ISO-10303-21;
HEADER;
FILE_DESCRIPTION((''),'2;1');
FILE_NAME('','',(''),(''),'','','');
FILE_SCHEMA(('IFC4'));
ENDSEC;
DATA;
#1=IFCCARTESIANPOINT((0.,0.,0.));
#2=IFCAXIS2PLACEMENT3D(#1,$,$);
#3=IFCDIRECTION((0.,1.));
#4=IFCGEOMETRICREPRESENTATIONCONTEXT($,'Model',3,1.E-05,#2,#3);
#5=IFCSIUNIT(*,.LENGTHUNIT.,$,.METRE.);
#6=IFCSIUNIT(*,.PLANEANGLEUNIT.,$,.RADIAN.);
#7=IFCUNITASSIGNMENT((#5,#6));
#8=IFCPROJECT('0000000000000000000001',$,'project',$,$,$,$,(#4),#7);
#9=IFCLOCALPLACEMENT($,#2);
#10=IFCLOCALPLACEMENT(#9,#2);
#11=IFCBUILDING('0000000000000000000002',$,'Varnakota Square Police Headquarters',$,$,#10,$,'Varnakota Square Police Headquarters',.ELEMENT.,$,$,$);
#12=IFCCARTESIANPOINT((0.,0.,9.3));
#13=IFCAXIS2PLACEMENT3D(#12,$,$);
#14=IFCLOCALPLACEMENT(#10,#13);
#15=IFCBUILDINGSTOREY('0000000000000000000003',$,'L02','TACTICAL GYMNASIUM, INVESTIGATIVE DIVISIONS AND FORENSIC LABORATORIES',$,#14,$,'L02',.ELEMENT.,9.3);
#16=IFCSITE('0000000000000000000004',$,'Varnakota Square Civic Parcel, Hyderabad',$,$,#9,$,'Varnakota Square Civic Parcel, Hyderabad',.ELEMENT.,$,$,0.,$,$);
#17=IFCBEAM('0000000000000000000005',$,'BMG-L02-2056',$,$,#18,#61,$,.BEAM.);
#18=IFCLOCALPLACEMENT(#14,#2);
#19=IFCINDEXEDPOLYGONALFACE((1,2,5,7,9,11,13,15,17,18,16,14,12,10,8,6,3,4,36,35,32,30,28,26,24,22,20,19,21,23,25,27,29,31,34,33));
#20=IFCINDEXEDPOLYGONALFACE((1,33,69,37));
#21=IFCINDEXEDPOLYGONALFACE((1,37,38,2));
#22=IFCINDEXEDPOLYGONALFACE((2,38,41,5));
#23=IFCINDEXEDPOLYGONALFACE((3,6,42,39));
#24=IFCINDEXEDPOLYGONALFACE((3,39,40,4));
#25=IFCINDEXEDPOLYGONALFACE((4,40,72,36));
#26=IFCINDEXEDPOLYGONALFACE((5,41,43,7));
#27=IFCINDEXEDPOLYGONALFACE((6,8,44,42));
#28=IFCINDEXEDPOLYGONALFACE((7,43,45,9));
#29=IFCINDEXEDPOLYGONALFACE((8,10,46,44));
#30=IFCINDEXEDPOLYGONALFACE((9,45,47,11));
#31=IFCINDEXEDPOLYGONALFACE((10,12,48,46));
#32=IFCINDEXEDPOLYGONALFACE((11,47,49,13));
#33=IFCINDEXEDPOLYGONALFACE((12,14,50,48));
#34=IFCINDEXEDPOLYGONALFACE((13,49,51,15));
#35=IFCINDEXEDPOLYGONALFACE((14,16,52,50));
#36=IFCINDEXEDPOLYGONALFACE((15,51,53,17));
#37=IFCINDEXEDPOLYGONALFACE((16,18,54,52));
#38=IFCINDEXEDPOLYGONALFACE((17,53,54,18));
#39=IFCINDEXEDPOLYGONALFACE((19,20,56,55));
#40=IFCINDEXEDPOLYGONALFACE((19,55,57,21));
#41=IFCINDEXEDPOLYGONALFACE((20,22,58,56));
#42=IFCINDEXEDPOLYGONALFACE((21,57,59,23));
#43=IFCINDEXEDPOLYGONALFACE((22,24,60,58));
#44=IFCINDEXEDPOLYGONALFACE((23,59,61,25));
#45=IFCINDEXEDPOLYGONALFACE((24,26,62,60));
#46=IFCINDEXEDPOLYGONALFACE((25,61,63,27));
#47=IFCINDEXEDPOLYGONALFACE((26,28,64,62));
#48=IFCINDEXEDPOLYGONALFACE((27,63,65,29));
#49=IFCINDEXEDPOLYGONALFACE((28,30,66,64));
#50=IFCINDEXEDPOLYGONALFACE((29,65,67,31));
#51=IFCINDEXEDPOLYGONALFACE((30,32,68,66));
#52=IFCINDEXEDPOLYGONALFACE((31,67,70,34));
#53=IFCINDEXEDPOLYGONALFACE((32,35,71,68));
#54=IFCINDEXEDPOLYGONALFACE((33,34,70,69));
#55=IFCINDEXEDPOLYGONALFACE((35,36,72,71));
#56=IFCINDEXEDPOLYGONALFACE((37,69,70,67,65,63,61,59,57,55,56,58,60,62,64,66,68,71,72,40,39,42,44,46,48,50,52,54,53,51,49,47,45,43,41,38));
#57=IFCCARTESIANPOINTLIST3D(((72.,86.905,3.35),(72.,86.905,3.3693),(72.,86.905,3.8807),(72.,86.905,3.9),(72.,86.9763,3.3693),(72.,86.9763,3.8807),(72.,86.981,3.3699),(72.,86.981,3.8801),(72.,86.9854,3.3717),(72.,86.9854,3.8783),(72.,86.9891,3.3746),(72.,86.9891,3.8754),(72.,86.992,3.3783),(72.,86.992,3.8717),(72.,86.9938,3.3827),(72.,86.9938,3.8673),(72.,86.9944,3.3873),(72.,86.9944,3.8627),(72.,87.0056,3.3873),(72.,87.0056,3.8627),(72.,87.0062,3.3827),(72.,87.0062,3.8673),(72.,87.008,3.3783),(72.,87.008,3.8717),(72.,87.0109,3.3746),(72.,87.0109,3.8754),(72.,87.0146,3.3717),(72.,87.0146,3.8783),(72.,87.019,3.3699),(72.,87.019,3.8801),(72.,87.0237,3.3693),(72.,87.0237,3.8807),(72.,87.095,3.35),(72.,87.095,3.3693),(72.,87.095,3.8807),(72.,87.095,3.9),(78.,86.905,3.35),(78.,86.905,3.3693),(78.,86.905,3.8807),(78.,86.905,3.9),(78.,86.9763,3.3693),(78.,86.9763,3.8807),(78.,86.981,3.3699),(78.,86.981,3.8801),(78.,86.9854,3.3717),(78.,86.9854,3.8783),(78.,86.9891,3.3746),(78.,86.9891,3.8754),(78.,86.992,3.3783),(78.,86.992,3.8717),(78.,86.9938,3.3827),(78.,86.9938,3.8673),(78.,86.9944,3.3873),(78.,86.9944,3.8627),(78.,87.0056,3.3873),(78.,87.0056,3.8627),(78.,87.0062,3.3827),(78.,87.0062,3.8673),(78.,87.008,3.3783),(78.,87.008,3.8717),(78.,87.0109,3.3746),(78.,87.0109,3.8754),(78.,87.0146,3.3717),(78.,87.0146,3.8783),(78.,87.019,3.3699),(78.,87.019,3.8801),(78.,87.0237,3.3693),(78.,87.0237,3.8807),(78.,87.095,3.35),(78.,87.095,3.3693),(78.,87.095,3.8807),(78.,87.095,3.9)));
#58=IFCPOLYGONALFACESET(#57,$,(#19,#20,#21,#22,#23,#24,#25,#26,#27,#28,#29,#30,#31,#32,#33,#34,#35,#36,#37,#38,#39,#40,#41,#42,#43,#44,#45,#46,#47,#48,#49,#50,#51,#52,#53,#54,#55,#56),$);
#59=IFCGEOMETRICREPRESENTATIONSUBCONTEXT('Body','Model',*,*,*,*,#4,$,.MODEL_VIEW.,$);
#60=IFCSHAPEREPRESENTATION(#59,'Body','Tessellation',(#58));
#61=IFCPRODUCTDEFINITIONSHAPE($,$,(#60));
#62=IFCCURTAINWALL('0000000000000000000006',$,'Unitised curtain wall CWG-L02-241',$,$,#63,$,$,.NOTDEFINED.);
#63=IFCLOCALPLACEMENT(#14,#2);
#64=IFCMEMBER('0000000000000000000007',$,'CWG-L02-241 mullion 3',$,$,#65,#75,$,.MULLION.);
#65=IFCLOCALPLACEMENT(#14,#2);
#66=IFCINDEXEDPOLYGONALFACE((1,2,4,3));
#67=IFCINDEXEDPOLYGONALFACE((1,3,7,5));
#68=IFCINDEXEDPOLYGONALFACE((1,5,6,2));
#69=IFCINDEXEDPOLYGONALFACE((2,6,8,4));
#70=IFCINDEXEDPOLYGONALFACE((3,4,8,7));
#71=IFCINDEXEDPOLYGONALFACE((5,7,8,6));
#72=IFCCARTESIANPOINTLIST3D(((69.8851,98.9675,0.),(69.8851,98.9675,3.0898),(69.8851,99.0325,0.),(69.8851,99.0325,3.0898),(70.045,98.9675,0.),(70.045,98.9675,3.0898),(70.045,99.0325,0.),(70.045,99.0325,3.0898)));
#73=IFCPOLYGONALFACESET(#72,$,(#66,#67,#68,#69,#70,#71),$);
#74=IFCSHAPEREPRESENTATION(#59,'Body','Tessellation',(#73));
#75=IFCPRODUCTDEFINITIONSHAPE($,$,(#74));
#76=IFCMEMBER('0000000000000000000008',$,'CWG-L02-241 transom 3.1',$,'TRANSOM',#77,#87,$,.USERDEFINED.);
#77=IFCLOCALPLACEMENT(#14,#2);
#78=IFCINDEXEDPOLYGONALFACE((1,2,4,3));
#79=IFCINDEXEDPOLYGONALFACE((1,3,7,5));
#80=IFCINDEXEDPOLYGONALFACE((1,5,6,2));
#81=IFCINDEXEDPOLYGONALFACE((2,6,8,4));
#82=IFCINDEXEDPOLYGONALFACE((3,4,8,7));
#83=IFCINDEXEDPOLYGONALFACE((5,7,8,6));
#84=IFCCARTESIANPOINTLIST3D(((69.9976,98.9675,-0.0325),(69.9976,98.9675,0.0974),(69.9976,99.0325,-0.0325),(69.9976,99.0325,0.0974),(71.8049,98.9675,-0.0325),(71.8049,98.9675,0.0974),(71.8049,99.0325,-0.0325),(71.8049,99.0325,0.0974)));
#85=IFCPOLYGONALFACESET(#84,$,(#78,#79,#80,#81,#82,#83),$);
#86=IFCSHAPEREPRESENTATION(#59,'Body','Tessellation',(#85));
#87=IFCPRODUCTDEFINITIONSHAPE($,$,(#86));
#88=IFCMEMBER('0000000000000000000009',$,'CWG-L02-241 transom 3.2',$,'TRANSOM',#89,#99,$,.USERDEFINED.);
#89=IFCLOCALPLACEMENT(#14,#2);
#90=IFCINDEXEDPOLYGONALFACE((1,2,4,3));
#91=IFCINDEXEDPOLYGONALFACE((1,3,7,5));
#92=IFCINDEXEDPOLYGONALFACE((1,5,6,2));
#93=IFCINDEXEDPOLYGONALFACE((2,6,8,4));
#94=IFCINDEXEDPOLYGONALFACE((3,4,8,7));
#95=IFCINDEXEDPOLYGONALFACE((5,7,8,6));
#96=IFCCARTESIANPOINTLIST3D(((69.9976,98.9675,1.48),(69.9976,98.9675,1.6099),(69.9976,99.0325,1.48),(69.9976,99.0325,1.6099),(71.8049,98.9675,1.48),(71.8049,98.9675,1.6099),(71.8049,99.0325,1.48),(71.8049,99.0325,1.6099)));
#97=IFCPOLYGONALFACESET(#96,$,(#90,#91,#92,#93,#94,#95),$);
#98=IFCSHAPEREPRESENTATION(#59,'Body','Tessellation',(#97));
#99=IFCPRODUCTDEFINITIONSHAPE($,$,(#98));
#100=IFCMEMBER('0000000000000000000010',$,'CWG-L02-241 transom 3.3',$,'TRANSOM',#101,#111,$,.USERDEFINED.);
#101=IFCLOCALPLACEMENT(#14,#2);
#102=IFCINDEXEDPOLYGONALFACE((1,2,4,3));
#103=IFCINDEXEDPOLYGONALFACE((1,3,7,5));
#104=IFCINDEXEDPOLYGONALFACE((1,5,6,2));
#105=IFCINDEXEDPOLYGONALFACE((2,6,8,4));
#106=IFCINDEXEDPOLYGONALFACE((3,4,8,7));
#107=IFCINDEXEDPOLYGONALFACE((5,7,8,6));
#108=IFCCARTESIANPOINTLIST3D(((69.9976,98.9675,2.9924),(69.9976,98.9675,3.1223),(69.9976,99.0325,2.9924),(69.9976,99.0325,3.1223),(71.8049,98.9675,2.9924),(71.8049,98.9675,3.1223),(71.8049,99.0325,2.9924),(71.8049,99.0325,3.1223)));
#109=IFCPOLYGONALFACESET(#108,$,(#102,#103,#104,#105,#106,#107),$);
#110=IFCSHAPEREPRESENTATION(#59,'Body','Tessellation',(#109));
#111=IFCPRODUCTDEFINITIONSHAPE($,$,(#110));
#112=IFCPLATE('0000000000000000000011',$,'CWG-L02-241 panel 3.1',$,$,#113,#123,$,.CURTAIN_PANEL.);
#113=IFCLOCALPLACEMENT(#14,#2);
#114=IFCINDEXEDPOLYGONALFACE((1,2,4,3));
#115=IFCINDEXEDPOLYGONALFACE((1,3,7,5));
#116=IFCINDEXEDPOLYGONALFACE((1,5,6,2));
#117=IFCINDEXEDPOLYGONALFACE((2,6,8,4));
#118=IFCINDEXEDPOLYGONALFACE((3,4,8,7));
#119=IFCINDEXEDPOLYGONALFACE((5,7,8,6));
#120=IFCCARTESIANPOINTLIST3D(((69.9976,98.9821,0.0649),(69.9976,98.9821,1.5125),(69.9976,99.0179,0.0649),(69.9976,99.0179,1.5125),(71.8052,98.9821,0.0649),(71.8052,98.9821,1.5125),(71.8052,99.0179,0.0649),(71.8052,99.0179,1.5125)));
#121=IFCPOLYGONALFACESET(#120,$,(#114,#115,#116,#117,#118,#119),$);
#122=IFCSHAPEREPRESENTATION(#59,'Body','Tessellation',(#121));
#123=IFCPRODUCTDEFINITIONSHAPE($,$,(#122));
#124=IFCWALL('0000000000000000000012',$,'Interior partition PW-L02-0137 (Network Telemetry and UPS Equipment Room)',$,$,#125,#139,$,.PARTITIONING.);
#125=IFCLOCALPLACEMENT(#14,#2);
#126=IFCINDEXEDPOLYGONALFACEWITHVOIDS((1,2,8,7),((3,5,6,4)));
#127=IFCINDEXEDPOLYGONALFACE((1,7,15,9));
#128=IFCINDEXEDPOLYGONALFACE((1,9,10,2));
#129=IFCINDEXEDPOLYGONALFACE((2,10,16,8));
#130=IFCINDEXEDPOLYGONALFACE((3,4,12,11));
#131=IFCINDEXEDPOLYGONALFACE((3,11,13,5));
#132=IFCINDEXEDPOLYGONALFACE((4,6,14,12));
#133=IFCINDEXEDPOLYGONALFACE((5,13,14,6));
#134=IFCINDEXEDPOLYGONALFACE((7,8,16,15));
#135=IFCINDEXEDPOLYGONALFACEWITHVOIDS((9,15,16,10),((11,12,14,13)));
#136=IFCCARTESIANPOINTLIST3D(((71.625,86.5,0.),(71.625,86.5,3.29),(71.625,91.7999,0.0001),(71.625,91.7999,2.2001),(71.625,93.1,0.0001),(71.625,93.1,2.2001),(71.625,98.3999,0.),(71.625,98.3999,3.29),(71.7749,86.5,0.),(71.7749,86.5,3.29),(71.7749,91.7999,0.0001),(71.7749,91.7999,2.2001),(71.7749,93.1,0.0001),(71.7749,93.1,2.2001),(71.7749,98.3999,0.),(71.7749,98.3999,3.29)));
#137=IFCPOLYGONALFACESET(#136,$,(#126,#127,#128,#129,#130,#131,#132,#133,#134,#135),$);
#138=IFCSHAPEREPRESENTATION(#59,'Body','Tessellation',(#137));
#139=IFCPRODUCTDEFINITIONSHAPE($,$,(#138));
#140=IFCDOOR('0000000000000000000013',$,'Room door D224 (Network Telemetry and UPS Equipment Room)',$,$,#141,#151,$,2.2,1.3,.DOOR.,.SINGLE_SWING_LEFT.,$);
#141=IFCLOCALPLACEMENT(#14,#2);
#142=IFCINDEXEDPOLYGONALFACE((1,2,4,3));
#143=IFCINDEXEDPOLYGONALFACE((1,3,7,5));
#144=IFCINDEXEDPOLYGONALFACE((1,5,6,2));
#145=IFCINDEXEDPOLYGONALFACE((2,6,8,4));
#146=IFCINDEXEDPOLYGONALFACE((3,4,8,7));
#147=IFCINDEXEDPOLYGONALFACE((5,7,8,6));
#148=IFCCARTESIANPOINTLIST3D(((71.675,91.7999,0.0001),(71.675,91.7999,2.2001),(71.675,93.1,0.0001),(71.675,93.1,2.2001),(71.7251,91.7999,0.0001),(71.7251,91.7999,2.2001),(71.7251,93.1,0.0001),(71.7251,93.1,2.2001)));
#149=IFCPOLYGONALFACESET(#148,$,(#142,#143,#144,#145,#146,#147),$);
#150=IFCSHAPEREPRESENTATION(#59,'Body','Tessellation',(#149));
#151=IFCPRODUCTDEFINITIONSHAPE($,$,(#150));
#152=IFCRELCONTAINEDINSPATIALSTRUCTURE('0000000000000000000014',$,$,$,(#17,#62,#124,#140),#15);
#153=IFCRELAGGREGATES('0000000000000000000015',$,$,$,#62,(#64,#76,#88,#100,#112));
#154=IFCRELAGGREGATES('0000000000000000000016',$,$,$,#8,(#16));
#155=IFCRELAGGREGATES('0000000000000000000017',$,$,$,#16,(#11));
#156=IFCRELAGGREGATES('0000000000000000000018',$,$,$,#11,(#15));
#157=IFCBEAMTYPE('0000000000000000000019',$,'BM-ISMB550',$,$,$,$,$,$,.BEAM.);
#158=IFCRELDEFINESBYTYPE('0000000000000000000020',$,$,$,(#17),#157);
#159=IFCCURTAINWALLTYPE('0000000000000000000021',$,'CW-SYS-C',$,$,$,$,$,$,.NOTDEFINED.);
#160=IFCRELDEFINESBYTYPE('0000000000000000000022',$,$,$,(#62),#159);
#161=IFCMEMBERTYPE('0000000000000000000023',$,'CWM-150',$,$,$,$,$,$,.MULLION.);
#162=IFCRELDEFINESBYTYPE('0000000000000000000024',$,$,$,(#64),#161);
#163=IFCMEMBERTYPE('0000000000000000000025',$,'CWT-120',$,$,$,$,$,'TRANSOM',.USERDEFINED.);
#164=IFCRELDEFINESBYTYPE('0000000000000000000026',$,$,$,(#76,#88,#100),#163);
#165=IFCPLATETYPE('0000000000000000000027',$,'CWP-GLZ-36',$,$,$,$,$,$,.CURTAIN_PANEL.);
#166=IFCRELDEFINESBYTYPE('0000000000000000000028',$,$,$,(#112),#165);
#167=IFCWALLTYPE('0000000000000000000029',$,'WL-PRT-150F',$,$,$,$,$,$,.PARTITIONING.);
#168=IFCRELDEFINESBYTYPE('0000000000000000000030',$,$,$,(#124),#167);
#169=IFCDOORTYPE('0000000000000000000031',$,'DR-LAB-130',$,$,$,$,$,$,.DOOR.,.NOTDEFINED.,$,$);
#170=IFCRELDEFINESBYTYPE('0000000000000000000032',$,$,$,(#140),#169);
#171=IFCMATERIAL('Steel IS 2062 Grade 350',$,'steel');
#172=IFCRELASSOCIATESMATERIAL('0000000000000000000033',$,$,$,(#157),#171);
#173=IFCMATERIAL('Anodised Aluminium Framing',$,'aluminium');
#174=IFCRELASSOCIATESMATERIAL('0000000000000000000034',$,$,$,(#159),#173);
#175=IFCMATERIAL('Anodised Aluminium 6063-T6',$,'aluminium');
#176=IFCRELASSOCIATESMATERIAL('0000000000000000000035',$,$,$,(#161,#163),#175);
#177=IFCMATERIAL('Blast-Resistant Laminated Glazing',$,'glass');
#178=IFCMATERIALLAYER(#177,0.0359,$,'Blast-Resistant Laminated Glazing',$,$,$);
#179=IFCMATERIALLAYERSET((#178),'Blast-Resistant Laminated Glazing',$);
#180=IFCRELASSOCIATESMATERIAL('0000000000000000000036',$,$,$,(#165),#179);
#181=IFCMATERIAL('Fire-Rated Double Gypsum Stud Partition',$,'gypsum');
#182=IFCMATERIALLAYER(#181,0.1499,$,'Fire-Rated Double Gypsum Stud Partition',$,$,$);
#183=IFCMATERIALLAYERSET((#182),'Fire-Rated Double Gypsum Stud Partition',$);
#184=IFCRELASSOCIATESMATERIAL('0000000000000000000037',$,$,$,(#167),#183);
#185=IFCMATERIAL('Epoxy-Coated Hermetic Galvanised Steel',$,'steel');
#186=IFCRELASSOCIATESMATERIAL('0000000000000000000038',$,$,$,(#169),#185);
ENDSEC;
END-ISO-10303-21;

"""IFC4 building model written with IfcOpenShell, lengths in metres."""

from ifc_helpers import new_model, si_unit, direction, frame, frame_2d, origin, origin_2d, place, context, subcontext, project, spatial, rectangle, i_section, extrude, material, layer, layer_set, material_profile, profile_set, type_object, element, fill, aggregate, save


model = new_model("IFC4")

# Units and contexts
model_context = context("Model", 3, precision=1e-05, world=origin(), true_north=direction((0.0, 1.0)))
body_context = subcontext(model_context, "Body", "Model", "MODEL_VIEW")
ifc_project = project(units=[si_unit("LENGTHUNIT", "METRE"), si_unit("PLANEANGLEUNIT", "RADIAN")], contexts=[model_context])

# Site, building, storey
site_placement = place(None, origin())
site = spatial("IfcSite", under=ifc_project, at=site_placement, Name="Varnakota Square Civic Parcel, Hyderabad", LongName="Varnakota Square Civic Parcel, Hyderabad", CompositionType="ELEMENT", RefElevation=0.0)
building_placement = place(site_placement, origin())
building = spatial("IfcBuilding", under=site, at=building_placement, Name="Varnakota Square Police Headquarters", LongName="Varnakota Square Police Headquarters", CompositionType="ELEMENT")
storey_placement = place(building_placement, frame((0.0, 0.0, 9.3)))
storey = spatial("IfcBuildingStorey", under=building, at=storey_placement, Name="L02", Description="TACTICAL GYMNASIUM, INVESTIGATIVE DIVISIONS AND FORENSIC LABORATORIES", LongName="L02", CompositionType="ELEMENT", Elevation=9.3)

# Shared definitions
ifc_material_1 = material(Name="Steel IS 2062 Grade 350", Category="steel")

# Beam
ifc_material_profile_1 = material_profile(ifc_material_1, i_section(OverallWidth=0.1899, OverallDepth=0.55, WebThickness=0.0112, FlangeThickness=0.0193, FilletRadius=0.0181, at=origin_2d()), Name="ISMB 550")
ifc_profile_set_1 = profile_set([ifc_material_profile_1], Name="Steel IS 2062 Grade 350")
beam_type_1 = type_object("IfcBeamType", Name="BM-ISMB550", PredefinedType="BEAM", material=ifc_profile_set_1)
for number, where, z_axis, x_axis, name in (
    (1, (72.0, 87.0, 3.625), (1.0, 0.0, 0.0), (0.0, 1.0, 0.0), "BMG-L02-2056"),
):
    element("IfcBeam", number, at=place(storey_placement, frame(where, z_axis=z_axis, x_axis=x_axis)), inside=storey, type_object=beam_type_1, Name=name, PredefinedType="BEAM", context=body_context, shape_type="SweptSolid", body=[
        extrude(i_section(OverallWidth=0.1899, OverallDepth=0.55, WebThickness=0.0112, FlangeThickness=0.0193, FilletRadius=0.0181, at=origin_2d()), origin(), (0.0, 0.0, 1.0), 6.0),
    ])

# Curtain wall, members, plate
ifc_material_2 = material(Name="Anodised Aluminium Framing", Category="aluminium")
curtain_wall_type = type_object("IfcCurtainWallType", Name="CW-SYS-C", PredefinedType="NOTDEFINED", material=ifc_material_2)
curtain_wall_placement = place(storey_placement, origin())
curtain_wall = element("IfcCurtainWall", 2, at=curtain_wall_placement, inside=storey, type_object=curtain_wall_type, Name="Unitised curtain wall CWG-L02-241", PredefinedType="NOTDEFINED")
ifc_material_3 = material(Name="Anodised Aluminium 6063-T6", Category="aluminium")
ifc_material_profile_2 = material_profile(ifc_material_3, rectangle(XDim=0.0649, YDim=0.1599, at=origin_2d()), Name="ALU MULLION 65x160")
ifc_profile_set_2 = profile_set([ifc_material_profile_2], Name="Anodised Aluminium 6063-T6")
member_type_1 = type_object("IfcMemberType", Name="CWM-150", PredefinedType="MULLION", material=ifc_profile_set_2)
member_1_placement = place(storey_placement, frame((69.9651, 99.0, 0.0), z_axis=(0.0, 0.0, 1.0), x_axis=(0.0, 1.0, 0.0)))
member_1 = element("IfcMember", 3, at=member_1_placement, type_object=member_type_1, Name="CWG-L02-241 mullion 3", PredefinedType="MULLION", context=body_context, shape_type="SweptSolid", body=[
    extrude(rectangle(XDim=0.0649, YDim=0.1599, at=origin_2d()), origin(), (0.0, 0.0, 1.0), 3.0898),
])
ifc_material_profile_3 = material_profile(ifc_material_3, rectangle(XDim=0.0649, YDim=0.1299, at=origin_2d()), Name="ALU TRANSOM 65x130")
ifc_profile_set_3 = profile_set([ifc_material_profile_3], Name="Anodised Aluminium 6063-T6")
member_type_2 = type_object("IfcMemberType", Name="CWT-120", ElementType="TRANSOM", PredefinedType="USERDEFINED", material=ifc_profile_set_3)
member_2_placement = place(storey_placement, frame((69.9976, 99.0, 0.0325), z_axis=(1.0, 0.0, 0.0), x_axis=(0.0, 1.0, 0.0)))
member_2 = element("IfcMember", 4, at=member_2_placement, type_object=member_type_2, Name="CWG-L02-241 transom 3.1", ObjectType="TRANSOM", PredefinedType="USERDEFINED", context=body_context, shape_type="SweptSolid", body=[
    extrude(rectangle(XDim=0.0649, YDim=0.1299, at=origin_2d()), origin(), (0.0, 0.0, 1.0), 1.8074),
])
member_3_placement = place(storey_placement, frame((69.9976, 99.0, 1.5449), z_axis=(1.0, 0.0, 0.0), x_axis=(0.0, 1.0, 0.0)))
member_3 = element("IfcMember", 5, at=member_3_placement, type_object=member_type_2, Name="CWG-L02-241 transom 3.2", ObjectType="TRANSOM", PredefinedType="USERDEFINED", context=body_context, shape_type="SweptSolid", body=[
    extrude(rectangle(XDim=0.0649, YDim=0.1299, at=origin_2d()), origin(), (0.0, 0.0, 1.0), 1.8074),
])
member_4_placement = place(storey_placement, frame((69.9976, 99.0, 3.0574), z_axis=(1.0, 0.0, 0.0), x_axis=(0.0, 1.0, 0.0)))
member_4 = element("IfcMember", 6, at=member_4_placement, type_object=member_type_2, Name="CWG-L02-241 transom 3.3", ObjectType="TRANSOM", PredefinedType="USERDEFINED", context=body_context, shape_type="SweptSolid", body=[
    extrude(rectangle(XDim=0.0649, YDim=0.1299, at=origin_2d()), origin(), (0.0, 0.0, 1.0), 1.8074),
])
ifc_material_4 = material(Name="Blast-Resistant Laminated Glazing", Category="glass")
ifc_layer_1 = layer(ifc_material_4, 0.0359, Name="Blast-Resistant Laminated Glazing")
ifc_layer_set_1 = layer_set([ifc_layer_1], Name="Blast-Resistant Laminated Glazing")
plate_type = type_object("IfcPlateType", Name="CWP-GLZ-36", PredefinedType="CURTAIN_PANEL", material=ifc_layer_set_1)
plate_placement = place(storey_placement, frame((70.9014, 99.0, 0.0649), z_axis=(0.0, 0.0, 1.0), x_axis=(1.0, 0.0, 0.0)))
plate = element("IfcPlate", 7, at=plate_placement, type_object=plate_type, Name="CWG-L02-241 panel 3.1", PredefinedType="CURTAIN_PANEL", context=body_context, shape_type="SweptSolid", body=[
    extrude(rectangle(XDim=1.8076, YDim=0.0359, at=origin_2d()), origin(), (0.0, 0.0, 1.0), 1.4475),
])
aggregate(curtain_wall, [member_1, member_2, member_3, member_4, plate])

# Wall, opening, door
ifc_material_5 = material(Name="Fire-Rated Double Gypsum Stud Partition", Category="gypsum")
ifc_layer_2 = layer(ifc_material_5, 0.1499, Name="Fire-Rated Double Gypsum Stud Partition")
ifc_layer_set_2 = layer_set([ifc_layer_2], Name="Fire-Rated Double Gypsum Stud Partition")
wall_type_1 = type_object("IfcWallType", Name="WL-PRT-150F", PredefinedType="PARTITIONING", material=ifc_layer_set_2)
wall_1_placement = place(storey_placement, frame((71.7, 86.5, 0.0), z_axis=(0.0, 0.0, 1.0), x_axis=(0.0, 1.0, 0.0)))
wall_1 = element("IfcWall", 8, at=wall_1_placement, inside=storey, type_object=wall_type_1, Name="Interior partition PW-L02-0137 (Network Telemetry and UPS Equipment Room)", PredefinedType="PARTITIONING", context=body_context, shape_type="SweptSolid", body=[
    extrude(rectangle(XDim=11.8999, YDim=0.1499, at=frame_2d((5.95, 0.0))), origin(), (0.0, 0.0, 1.0), 3.29),
])
opening_1_placement = place(wall_1_placement, frame((5.3, 0.0, 0.0)))
opening_1 = element("IfcOpeningElement", 9, at=opening_1_placement, cuts=wall_1, PredefinedType="OPENING", context=body_context, shape_type="SweptSolid", body=[
    extrude(rectangle(XDim=1.3, YDim=2.2, at=frame_2d((0.6499, 1.1001))), frame((0.0, 0.085, 0.0), z_axis=(0.0, -1.0, 0.0), x_axis=(1.0, 0.0, 0.0)), (0.0, 0.0, 1.0), 0.1699),
])
ifc_material_6 = material(Name="Epoxy-Coated Hermetic Galvanised Steel", Category="steel")
door_type_1 = type_object("IfcDoorType", Name="DR-LAB-130", OperationType="NOTDEFINED", PredefinedType="DOOR", material=ifc_material_6)
door_1_placement = place(opening_1_placement, origin())
door_1 = element("IfcDoor", 10, at=door_1_placement, inside=storey, type_object=door_type_1, Name="Room door D224 (Network Telemetry and UPS Equipment Room)", OperationType="SINGLE_SWING_LEFT", OverallHeight=2.2, OverallWidth=1.3, PredefinedType="DOOR", context=body_context, shape_type="SweptSolid", body=[
    extrude(rectangle(XDim=1.3, YDim=2.2, at=frame_2d((0.6499, 1.1001))), frame((0.0, 0.0249, 0.0), z_axis=(0.0, -1.0, 0.0), x_axis=(1.0, 0.0, 0.0)), (0.0, 0.0, 1.0), 0.05),
])
fill(opening_1, door_1)

save(model, "model.ifc")
